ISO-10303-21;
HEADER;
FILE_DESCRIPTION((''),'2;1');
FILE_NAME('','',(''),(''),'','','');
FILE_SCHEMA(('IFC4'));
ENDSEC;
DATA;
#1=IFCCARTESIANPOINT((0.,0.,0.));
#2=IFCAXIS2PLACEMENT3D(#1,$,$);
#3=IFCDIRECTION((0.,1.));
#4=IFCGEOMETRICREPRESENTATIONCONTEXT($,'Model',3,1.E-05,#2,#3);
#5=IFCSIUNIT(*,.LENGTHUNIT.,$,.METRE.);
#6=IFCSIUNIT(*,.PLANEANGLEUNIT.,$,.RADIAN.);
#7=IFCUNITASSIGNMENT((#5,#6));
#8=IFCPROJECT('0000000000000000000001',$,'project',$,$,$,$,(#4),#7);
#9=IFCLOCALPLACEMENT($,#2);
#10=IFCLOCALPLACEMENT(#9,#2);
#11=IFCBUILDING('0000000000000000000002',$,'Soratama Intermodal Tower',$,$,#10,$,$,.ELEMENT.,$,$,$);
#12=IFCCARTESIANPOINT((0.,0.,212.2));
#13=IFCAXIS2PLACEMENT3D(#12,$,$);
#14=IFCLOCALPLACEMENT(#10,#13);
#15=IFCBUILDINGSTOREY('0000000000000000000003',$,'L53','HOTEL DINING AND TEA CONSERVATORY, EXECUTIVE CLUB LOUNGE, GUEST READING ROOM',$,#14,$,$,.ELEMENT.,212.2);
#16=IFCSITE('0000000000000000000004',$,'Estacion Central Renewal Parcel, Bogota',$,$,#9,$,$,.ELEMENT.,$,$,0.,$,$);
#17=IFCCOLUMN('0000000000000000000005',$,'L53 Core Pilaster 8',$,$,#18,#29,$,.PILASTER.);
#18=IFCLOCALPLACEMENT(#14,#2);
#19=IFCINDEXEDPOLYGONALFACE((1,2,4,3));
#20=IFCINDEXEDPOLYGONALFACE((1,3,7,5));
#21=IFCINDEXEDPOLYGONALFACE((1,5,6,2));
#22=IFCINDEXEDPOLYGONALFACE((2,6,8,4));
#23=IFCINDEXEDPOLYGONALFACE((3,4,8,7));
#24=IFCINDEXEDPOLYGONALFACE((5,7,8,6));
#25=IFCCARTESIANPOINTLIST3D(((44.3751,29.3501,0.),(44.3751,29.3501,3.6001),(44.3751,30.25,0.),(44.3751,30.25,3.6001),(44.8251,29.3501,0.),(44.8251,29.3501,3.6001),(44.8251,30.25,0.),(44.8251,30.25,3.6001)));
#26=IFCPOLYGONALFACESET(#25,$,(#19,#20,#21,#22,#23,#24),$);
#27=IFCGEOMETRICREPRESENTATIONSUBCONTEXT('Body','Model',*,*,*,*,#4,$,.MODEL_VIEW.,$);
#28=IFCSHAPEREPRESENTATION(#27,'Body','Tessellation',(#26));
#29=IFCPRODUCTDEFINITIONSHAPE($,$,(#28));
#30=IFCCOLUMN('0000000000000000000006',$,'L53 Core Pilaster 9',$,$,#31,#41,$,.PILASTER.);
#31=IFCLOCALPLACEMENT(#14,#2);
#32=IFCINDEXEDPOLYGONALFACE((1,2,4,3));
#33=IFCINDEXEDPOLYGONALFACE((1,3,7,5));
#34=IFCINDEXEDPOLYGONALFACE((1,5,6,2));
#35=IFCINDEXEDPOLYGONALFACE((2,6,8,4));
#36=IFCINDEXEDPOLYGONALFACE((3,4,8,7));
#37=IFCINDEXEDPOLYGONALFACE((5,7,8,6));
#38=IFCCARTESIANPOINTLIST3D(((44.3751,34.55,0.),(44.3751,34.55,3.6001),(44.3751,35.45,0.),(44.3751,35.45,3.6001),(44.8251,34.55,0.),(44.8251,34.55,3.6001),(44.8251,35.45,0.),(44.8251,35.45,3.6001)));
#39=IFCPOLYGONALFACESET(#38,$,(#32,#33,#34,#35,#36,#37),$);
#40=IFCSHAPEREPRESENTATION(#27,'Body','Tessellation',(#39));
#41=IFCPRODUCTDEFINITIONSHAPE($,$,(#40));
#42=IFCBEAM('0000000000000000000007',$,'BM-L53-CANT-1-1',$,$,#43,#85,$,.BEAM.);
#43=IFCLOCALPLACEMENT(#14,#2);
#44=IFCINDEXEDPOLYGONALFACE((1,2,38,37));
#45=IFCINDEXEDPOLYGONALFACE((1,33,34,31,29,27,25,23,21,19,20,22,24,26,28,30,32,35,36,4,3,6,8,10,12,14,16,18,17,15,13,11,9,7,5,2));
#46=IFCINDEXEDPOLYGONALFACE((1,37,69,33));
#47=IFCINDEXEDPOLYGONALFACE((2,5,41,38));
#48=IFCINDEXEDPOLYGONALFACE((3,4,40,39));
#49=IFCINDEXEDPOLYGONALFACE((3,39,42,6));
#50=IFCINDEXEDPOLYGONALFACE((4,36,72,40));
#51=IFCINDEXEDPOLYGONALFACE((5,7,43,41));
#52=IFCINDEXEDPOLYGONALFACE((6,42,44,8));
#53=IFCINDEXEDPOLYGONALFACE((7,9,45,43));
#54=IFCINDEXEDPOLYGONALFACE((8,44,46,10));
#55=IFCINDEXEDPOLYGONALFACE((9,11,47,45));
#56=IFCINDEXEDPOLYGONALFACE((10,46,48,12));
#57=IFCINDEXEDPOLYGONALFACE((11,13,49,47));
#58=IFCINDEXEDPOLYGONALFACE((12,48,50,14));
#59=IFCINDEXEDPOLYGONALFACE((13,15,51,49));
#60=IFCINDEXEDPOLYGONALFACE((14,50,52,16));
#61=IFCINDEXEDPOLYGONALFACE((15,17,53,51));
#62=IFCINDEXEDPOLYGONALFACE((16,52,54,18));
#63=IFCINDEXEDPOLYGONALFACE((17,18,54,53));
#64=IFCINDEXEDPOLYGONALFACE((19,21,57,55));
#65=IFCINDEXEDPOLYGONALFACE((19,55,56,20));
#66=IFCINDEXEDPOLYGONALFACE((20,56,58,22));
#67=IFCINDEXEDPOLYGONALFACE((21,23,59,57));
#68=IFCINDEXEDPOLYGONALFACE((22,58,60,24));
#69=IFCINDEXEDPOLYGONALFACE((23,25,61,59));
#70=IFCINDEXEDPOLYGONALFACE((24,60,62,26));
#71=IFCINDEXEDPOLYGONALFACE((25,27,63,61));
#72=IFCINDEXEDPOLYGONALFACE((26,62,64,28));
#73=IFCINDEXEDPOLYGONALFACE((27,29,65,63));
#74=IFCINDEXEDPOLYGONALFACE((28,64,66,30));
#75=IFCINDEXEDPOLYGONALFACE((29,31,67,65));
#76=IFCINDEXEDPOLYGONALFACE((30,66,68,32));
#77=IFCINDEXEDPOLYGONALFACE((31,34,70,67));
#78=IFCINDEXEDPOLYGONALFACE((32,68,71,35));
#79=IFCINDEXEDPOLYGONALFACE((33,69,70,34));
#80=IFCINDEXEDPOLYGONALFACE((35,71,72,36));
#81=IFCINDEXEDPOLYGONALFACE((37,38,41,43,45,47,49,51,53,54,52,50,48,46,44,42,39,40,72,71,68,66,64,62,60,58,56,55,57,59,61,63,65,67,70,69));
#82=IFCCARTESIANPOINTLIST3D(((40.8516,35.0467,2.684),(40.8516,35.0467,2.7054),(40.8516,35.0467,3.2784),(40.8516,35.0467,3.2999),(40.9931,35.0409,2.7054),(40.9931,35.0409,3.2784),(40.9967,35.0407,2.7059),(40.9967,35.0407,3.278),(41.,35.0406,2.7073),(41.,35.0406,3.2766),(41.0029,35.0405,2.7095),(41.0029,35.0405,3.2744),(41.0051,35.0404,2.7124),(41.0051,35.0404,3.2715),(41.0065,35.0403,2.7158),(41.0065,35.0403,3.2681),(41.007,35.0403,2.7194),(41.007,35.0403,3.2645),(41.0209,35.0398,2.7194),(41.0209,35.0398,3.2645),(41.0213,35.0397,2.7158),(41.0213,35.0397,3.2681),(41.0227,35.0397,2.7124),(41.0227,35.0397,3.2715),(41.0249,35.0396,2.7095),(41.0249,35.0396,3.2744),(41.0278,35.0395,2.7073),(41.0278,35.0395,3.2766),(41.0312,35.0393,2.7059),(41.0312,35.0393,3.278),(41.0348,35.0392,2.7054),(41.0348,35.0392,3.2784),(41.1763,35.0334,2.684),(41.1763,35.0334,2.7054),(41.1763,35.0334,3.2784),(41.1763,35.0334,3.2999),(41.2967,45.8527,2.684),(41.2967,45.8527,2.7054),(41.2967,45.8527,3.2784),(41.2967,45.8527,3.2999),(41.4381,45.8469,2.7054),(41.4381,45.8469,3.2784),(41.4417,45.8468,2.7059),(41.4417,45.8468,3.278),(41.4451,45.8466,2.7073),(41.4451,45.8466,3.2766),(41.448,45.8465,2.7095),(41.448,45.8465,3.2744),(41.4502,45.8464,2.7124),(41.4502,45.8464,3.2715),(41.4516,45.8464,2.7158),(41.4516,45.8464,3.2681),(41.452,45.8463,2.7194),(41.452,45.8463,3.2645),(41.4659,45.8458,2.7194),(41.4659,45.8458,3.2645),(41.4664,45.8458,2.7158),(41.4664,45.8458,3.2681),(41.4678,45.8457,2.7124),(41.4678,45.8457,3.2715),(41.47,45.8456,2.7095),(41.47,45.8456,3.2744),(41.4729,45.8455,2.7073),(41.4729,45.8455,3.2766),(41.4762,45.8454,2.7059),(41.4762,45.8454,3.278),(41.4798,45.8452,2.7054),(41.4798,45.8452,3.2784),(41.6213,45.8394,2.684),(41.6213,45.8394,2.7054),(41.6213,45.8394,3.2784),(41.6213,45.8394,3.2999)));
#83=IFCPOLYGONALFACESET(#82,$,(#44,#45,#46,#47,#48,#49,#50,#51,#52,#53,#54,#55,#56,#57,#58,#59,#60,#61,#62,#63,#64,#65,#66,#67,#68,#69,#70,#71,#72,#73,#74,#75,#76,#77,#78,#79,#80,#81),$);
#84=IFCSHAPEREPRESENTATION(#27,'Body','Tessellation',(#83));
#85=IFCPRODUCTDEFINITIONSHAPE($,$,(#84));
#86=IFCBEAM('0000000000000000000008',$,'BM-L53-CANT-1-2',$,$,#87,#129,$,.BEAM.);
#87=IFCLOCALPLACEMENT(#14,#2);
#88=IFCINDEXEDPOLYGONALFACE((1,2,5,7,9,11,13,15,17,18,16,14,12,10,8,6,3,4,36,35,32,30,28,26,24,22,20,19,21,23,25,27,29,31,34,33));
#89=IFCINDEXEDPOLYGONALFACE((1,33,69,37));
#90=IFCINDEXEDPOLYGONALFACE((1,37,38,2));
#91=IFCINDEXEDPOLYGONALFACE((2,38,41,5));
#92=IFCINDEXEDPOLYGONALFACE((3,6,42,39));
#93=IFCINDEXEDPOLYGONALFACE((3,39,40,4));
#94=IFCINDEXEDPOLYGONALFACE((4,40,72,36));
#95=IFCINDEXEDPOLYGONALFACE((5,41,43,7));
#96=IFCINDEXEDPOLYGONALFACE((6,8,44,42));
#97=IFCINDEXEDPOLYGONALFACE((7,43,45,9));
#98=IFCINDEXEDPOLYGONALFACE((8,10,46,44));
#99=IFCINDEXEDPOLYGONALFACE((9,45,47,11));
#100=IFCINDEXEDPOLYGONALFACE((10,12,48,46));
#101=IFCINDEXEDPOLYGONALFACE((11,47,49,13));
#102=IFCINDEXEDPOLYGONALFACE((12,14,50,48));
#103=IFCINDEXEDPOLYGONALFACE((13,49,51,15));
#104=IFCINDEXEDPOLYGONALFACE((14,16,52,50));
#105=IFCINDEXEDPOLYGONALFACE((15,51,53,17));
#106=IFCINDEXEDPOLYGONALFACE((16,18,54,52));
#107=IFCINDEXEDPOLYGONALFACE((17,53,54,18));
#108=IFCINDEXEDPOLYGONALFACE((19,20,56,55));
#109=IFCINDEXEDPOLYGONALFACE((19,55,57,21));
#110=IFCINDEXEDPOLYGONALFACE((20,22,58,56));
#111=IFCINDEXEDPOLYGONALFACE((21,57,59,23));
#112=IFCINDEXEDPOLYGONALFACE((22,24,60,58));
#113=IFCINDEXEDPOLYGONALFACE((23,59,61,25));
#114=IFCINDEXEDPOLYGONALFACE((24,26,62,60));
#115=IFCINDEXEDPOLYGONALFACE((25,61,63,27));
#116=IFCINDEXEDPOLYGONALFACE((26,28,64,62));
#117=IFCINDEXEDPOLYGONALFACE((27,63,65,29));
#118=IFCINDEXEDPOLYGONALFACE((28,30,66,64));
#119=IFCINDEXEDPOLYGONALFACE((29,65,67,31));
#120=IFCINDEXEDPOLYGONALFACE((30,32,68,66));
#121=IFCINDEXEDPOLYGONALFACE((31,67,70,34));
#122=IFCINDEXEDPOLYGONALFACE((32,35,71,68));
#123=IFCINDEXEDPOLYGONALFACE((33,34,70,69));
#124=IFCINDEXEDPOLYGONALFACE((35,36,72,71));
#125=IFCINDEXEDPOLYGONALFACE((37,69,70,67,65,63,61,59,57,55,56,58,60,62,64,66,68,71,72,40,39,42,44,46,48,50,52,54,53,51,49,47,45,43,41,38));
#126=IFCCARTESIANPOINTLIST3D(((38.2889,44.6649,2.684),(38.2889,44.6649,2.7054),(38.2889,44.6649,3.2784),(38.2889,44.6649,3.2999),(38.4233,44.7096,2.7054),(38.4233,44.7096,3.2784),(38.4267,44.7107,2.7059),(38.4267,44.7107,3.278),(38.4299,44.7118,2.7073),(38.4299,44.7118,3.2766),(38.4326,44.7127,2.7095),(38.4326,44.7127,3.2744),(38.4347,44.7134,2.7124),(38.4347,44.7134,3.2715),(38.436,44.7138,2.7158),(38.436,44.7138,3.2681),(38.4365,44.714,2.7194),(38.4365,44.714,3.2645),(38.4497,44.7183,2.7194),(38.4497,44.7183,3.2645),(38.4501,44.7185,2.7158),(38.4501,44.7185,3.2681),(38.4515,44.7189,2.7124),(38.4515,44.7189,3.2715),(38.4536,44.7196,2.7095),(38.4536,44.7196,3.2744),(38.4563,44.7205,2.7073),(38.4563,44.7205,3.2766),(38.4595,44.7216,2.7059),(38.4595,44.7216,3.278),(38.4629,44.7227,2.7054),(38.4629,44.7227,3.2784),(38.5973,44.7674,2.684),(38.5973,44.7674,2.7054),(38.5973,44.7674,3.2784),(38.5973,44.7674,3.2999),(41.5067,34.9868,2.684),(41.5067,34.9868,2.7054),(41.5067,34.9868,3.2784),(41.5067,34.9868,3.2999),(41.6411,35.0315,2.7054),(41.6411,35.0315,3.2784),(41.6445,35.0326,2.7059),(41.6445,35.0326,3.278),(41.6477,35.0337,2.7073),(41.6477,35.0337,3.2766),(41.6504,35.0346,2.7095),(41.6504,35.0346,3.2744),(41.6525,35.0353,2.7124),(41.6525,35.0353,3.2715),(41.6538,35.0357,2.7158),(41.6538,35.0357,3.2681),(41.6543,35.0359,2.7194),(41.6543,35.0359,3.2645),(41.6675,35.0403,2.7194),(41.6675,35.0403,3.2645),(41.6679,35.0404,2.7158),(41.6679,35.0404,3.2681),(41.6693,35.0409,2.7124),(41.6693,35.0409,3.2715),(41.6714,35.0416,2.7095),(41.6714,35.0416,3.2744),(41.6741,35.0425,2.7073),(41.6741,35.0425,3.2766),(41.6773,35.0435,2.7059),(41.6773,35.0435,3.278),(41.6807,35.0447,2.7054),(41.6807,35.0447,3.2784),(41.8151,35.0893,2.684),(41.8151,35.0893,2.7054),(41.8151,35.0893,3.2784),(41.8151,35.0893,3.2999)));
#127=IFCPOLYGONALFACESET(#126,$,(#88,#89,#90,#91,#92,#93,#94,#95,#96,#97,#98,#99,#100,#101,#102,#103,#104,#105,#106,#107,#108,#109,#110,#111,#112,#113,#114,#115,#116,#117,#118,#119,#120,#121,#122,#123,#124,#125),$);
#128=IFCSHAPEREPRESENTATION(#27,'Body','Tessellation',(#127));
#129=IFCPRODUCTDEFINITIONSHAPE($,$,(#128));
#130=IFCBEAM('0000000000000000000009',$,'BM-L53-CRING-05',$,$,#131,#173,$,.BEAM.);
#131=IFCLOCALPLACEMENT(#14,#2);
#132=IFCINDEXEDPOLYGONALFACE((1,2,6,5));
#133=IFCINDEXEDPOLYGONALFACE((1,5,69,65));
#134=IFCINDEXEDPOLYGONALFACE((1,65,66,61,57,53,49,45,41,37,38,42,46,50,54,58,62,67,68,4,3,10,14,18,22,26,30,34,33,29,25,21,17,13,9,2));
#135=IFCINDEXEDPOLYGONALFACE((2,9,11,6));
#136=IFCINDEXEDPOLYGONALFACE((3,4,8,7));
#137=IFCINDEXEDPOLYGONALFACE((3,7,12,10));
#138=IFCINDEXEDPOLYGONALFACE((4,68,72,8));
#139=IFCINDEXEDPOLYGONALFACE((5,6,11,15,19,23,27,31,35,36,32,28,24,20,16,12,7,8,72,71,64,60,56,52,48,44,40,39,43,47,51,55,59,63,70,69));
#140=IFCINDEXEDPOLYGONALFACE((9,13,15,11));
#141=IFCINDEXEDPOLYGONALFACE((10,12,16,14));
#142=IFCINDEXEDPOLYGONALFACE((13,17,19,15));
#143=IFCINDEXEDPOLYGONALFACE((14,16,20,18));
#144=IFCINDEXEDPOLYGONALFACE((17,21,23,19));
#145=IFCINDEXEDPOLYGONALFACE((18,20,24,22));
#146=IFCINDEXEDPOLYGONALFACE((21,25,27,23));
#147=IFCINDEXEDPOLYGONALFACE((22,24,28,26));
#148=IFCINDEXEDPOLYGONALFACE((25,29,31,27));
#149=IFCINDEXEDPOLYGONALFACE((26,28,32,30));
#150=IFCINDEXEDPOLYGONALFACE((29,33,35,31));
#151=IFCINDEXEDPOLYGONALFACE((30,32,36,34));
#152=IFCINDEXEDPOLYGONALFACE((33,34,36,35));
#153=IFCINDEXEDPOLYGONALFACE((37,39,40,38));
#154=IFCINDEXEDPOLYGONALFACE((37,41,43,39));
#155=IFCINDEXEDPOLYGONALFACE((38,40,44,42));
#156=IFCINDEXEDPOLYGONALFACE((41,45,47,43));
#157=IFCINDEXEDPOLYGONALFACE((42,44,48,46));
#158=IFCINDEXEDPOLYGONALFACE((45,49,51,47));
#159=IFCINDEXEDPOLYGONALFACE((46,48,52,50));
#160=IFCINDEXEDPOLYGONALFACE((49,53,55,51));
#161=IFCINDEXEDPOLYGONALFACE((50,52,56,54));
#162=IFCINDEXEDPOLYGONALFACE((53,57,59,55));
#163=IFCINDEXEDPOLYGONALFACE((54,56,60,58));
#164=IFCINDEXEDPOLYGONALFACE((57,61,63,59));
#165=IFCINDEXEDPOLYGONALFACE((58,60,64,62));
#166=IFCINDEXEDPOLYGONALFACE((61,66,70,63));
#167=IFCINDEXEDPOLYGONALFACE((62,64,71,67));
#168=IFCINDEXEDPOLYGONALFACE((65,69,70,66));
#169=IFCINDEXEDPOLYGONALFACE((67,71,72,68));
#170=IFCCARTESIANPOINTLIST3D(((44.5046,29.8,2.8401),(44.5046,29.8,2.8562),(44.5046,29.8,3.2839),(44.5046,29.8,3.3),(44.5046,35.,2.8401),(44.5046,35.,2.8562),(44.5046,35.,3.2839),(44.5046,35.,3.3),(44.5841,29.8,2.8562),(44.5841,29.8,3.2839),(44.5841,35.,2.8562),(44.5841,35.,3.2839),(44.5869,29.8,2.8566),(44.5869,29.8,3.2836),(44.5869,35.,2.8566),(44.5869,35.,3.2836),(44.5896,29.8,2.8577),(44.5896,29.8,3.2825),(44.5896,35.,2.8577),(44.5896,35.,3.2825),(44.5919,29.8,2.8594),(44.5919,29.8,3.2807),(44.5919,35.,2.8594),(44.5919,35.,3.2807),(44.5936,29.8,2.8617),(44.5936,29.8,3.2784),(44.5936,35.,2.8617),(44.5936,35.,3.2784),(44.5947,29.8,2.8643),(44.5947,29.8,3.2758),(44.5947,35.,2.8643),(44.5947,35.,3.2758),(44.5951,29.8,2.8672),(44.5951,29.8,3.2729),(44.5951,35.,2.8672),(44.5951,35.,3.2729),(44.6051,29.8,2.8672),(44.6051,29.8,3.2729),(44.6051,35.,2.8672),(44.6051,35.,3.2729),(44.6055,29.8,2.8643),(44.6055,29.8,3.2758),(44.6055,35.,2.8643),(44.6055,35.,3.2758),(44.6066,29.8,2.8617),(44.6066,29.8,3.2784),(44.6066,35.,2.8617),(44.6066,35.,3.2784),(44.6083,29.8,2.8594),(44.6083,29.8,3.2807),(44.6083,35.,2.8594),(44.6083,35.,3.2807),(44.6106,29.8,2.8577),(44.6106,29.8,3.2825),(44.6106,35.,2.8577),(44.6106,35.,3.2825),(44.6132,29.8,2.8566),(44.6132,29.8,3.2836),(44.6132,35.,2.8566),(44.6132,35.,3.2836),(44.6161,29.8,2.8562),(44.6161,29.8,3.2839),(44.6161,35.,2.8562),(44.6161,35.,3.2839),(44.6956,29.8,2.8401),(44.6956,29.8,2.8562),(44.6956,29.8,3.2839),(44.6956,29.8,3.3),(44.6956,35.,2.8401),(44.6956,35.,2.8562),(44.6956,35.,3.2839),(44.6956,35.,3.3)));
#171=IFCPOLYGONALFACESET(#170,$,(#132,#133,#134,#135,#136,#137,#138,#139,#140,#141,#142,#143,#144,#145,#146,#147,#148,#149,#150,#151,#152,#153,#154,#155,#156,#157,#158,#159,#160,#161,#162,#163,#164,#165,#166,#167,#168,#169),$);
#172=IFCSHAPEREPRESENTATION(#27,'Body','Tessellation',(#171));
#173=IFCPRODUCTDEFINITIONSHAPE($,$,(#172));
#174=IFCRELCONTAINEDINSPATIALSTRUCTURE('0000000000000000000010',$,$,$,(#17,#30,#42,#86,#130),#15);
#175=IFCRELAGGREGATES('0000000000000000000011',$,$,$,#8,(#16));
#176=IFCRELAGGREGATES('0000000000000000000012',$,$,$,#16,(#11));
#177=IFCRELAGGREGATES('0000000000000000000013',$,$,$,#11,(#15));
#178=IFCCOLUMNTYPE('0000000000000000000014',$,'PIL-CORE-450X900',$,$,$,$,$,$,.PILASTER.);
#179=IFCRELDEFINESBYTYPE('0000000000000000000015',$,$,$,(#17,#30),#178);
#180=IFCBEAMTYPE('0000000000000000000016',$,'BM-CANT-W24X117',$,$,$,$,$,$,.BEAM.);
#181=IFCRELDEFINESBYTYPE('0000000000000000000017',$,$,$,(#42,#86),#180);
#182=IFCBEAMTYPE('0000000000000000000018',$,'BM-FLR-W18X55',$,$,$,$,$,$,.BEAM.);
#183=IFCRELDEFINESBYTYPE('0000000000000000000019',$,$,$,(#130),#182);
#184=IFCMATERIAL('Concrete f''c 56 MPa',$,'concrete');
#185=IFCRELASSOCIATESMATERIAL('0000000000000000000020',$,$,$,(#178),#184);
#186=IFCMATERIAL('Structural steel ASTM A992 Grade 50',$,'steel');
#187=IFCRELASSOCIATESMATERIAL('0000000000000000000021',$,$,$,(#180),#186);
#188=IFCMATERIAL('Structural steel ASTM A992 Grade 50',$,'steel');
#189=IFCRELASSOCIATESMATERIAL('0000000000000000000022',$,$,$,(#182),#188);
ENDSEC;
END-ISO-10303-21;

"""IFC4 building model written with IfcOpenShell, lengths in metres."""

from ifc_helpers import new_model, si_unit, direction, frame, origin, origin_2d, place, context, subcontext, project, spatial, rectangle, i_section, extrude, material, material_profile, profile_set, type_object, element, save


model = new_model("IFC4")

# Units and contexts
model_context = context("Model", 3, precision=1e-05, world=origin(), true_north=direction((0.0, 1.0)))
body_context = subcontext(model_context, "Body", "Model", "MODEL_VIEW")
ifc_project = project(units=[si_unit("LENGTHUNIT", "METRE"), si_unit("PLANEANGLEUNIT", "RADIAN")], contexts=[model_context])

# Site, building, storey
site_placement = place(None, origin())
site = spatial("IfcSite", under=ifc_project, at=site_placement, Name="Estacion Central Renewal Parcel, Bogota", CompositionType="ELEMENT", RefElevation=0.0)
building_placement = place(site_placement, origin())
building = spatial("IfcBuilding", under=site, at=building_placement, Name="Soratama Intermodal Tower", CompositionType="ELEMENT")
storey_placement = place(building_placement, frame((0.0, 0.0, 212.2)))
storey = spatial("IfcBuildingStorey", under=building, at=storey_placement, Name="L53", Description="HOTEL DINING AND TEA CONSERVATORY, EXECUTIVE CLUB LOUNGE, GUEST READING ROOM", CompositionType="ELEMENT", Elevation=212.2)

# Columns
ifc_material_1 = material(Name="Concrete f'c 56 MPa", Category="concrete")
ifc_material_profile_1 = material_profile(ifc_material_1, rectangle(XDim=0.45, YDim=0.8999, at=origin_2d()), Name="RC450X900")
ifc_profile_set_1 = profile_set([ifc_material_profile_1], Name="Concrete f'c 56 MPa")
column_type = type_object("IfcColumnType", Name="PIL-CORE-450X900", PredefinedType="PILASTER", material=ifc_profile_set_1)
for number, where, z_axis, x_axis, name in (
    (1, (44.6001, 29.8, 0.0), (0.0, 0.0, 1.0), (1.0, 0.0, 0.0), "L53 Core Pilaster 8"),
    (2, (44.6001, 35.0, 0.0), (0.0, 0.0, 1.0), (1.0, 0.0, 0.0), "L53 Core Pilaster 9"),
):
    element("IfcColumn", number, at=place(storey_placement, frame(where, z_axis=z_axis, x_axis=x_axis)), inside=storey, type_object=column_type, Name=name, PredefinedType="PILASTER", context=body_context, shape_type="SweptSolid", body=[
        extrude(rectangle(XDim=0.45, YDim=0.8999, at=origin_2d()), origin(), (0.0, 0.0, 1.0), 3.6001),
    ])

# Beams
ifc_material_2 = material(Name="Structural steel ASTM A992 Grade 50", Category="steel")
ifc_material_profile_2 = material_profile(ifc_material_2, i_section(OverallWidth=0.325, OverallDepth=0.616, WebThickness=0.0139, FlangeThickness=0.0215, FilletRadius=0.0139, at=origin_2d()), Name="W24X117")
ifc_profile_set_2 = profile_set([ifc_material_profile_2], Name="Structural steel ASTM A992 Grade 50")
beam_type_1 = type_object("IfcBeamType", Name="BM-CANT-W24X117", PredefinedType="BEAM", material=ifc_profile_set_2)
beam_1_placement = place(storey_placement, frame((41.0139, 35.04, 2.9919), z_axis=(0.041153, 0.999153, 0.0), x_axis=(-0.999153, 0.041153, 0.0)))
element("IfcBeam", 3, at=beam_1_placement, inside=storey, type_object=beam_type_1, Name="BM-L53-CANT-1-1", PredefinedType="BEAM", context=body_context, shape_type="SweptSolid", body=[
    extrude(i_section(OverallWidth=0.325, OverallDepth=0.616, WebThickness=0.0139, FlangeThickness=0.0215, FilletRadius=0.0139, at=origin_2d()), origin(), (0.0, 0.0, 1.0), 10.8152),
])
beam_2_placement = place(storey_placement, frame((41.6609, 35.0381, 2.9919), z_axis=(-0.315502, 0.948925, 0.0), x_axis=(-0.948925, -0.315502, 0.0)))
element("IfcBeam", 4, at=beam_2_placement, inside=storey, type_object=beam_type_1, Name="BM-L53-CANT-1-2", PredefinedType="BEAM", context=body_context, shape_type="SweptSolid", body=[
    extrude(i_section(OverallWidth=0.325, OverallDepth=0.616, WebThickness=0.0139, FlangeThickness=0.0215, FilletRadius=0.0139, at=origin_2d()), origin(), (0.0, 0.0, 1.0), 10.199),
])
ifc_material_3 = material(Name="Structural steel ASTM A992 Grade 50", Category="steel")
ifc_material_profile_3 = material_profile(ifc_material_3, i_section(OverallWidth=0.1909, OverallDepth=0.46, WebThickness=0.01, FlangeThickness=0.0161, FilletRadius=0.011, at=origin_2d()), Name="W18X55")
ifc_profile_set_3 = profile_set([ifc_material_profile_3], Name="Structural steel ASTM A992 Grade 50")
beam_type_2 = type_object("IfcBeamType", Name="BM-FLR-W18X55", PredefinedType="BEAM", material=ifc_profile_set_3)
beam_3_placement = place(storey_placement, frame((44.6001, 29.8, 3.0701), z_axis=(0.0, 1.0, 0.0), x_axis=(-1.0, 0.0, 0.0)))
element("IfcBeam", 5, at=beam_3_placement, inside=storey, type_object=beam_type_2, Name="BM-L53-CRING-05", PredefinedType="BEAM", context=body_context, shape_type="SweptSolid", body=[
    extrude(i_section(OverallWidth=0.1909, OverallDepth=0.46, WebThickness=0.01, FlangeThickness=0.0161, FilletRadius=0.011, at=origin_2d()), origin(), (0.0, 0.0, 1.0), 5.2),
])

save(model, "model.ifc")
